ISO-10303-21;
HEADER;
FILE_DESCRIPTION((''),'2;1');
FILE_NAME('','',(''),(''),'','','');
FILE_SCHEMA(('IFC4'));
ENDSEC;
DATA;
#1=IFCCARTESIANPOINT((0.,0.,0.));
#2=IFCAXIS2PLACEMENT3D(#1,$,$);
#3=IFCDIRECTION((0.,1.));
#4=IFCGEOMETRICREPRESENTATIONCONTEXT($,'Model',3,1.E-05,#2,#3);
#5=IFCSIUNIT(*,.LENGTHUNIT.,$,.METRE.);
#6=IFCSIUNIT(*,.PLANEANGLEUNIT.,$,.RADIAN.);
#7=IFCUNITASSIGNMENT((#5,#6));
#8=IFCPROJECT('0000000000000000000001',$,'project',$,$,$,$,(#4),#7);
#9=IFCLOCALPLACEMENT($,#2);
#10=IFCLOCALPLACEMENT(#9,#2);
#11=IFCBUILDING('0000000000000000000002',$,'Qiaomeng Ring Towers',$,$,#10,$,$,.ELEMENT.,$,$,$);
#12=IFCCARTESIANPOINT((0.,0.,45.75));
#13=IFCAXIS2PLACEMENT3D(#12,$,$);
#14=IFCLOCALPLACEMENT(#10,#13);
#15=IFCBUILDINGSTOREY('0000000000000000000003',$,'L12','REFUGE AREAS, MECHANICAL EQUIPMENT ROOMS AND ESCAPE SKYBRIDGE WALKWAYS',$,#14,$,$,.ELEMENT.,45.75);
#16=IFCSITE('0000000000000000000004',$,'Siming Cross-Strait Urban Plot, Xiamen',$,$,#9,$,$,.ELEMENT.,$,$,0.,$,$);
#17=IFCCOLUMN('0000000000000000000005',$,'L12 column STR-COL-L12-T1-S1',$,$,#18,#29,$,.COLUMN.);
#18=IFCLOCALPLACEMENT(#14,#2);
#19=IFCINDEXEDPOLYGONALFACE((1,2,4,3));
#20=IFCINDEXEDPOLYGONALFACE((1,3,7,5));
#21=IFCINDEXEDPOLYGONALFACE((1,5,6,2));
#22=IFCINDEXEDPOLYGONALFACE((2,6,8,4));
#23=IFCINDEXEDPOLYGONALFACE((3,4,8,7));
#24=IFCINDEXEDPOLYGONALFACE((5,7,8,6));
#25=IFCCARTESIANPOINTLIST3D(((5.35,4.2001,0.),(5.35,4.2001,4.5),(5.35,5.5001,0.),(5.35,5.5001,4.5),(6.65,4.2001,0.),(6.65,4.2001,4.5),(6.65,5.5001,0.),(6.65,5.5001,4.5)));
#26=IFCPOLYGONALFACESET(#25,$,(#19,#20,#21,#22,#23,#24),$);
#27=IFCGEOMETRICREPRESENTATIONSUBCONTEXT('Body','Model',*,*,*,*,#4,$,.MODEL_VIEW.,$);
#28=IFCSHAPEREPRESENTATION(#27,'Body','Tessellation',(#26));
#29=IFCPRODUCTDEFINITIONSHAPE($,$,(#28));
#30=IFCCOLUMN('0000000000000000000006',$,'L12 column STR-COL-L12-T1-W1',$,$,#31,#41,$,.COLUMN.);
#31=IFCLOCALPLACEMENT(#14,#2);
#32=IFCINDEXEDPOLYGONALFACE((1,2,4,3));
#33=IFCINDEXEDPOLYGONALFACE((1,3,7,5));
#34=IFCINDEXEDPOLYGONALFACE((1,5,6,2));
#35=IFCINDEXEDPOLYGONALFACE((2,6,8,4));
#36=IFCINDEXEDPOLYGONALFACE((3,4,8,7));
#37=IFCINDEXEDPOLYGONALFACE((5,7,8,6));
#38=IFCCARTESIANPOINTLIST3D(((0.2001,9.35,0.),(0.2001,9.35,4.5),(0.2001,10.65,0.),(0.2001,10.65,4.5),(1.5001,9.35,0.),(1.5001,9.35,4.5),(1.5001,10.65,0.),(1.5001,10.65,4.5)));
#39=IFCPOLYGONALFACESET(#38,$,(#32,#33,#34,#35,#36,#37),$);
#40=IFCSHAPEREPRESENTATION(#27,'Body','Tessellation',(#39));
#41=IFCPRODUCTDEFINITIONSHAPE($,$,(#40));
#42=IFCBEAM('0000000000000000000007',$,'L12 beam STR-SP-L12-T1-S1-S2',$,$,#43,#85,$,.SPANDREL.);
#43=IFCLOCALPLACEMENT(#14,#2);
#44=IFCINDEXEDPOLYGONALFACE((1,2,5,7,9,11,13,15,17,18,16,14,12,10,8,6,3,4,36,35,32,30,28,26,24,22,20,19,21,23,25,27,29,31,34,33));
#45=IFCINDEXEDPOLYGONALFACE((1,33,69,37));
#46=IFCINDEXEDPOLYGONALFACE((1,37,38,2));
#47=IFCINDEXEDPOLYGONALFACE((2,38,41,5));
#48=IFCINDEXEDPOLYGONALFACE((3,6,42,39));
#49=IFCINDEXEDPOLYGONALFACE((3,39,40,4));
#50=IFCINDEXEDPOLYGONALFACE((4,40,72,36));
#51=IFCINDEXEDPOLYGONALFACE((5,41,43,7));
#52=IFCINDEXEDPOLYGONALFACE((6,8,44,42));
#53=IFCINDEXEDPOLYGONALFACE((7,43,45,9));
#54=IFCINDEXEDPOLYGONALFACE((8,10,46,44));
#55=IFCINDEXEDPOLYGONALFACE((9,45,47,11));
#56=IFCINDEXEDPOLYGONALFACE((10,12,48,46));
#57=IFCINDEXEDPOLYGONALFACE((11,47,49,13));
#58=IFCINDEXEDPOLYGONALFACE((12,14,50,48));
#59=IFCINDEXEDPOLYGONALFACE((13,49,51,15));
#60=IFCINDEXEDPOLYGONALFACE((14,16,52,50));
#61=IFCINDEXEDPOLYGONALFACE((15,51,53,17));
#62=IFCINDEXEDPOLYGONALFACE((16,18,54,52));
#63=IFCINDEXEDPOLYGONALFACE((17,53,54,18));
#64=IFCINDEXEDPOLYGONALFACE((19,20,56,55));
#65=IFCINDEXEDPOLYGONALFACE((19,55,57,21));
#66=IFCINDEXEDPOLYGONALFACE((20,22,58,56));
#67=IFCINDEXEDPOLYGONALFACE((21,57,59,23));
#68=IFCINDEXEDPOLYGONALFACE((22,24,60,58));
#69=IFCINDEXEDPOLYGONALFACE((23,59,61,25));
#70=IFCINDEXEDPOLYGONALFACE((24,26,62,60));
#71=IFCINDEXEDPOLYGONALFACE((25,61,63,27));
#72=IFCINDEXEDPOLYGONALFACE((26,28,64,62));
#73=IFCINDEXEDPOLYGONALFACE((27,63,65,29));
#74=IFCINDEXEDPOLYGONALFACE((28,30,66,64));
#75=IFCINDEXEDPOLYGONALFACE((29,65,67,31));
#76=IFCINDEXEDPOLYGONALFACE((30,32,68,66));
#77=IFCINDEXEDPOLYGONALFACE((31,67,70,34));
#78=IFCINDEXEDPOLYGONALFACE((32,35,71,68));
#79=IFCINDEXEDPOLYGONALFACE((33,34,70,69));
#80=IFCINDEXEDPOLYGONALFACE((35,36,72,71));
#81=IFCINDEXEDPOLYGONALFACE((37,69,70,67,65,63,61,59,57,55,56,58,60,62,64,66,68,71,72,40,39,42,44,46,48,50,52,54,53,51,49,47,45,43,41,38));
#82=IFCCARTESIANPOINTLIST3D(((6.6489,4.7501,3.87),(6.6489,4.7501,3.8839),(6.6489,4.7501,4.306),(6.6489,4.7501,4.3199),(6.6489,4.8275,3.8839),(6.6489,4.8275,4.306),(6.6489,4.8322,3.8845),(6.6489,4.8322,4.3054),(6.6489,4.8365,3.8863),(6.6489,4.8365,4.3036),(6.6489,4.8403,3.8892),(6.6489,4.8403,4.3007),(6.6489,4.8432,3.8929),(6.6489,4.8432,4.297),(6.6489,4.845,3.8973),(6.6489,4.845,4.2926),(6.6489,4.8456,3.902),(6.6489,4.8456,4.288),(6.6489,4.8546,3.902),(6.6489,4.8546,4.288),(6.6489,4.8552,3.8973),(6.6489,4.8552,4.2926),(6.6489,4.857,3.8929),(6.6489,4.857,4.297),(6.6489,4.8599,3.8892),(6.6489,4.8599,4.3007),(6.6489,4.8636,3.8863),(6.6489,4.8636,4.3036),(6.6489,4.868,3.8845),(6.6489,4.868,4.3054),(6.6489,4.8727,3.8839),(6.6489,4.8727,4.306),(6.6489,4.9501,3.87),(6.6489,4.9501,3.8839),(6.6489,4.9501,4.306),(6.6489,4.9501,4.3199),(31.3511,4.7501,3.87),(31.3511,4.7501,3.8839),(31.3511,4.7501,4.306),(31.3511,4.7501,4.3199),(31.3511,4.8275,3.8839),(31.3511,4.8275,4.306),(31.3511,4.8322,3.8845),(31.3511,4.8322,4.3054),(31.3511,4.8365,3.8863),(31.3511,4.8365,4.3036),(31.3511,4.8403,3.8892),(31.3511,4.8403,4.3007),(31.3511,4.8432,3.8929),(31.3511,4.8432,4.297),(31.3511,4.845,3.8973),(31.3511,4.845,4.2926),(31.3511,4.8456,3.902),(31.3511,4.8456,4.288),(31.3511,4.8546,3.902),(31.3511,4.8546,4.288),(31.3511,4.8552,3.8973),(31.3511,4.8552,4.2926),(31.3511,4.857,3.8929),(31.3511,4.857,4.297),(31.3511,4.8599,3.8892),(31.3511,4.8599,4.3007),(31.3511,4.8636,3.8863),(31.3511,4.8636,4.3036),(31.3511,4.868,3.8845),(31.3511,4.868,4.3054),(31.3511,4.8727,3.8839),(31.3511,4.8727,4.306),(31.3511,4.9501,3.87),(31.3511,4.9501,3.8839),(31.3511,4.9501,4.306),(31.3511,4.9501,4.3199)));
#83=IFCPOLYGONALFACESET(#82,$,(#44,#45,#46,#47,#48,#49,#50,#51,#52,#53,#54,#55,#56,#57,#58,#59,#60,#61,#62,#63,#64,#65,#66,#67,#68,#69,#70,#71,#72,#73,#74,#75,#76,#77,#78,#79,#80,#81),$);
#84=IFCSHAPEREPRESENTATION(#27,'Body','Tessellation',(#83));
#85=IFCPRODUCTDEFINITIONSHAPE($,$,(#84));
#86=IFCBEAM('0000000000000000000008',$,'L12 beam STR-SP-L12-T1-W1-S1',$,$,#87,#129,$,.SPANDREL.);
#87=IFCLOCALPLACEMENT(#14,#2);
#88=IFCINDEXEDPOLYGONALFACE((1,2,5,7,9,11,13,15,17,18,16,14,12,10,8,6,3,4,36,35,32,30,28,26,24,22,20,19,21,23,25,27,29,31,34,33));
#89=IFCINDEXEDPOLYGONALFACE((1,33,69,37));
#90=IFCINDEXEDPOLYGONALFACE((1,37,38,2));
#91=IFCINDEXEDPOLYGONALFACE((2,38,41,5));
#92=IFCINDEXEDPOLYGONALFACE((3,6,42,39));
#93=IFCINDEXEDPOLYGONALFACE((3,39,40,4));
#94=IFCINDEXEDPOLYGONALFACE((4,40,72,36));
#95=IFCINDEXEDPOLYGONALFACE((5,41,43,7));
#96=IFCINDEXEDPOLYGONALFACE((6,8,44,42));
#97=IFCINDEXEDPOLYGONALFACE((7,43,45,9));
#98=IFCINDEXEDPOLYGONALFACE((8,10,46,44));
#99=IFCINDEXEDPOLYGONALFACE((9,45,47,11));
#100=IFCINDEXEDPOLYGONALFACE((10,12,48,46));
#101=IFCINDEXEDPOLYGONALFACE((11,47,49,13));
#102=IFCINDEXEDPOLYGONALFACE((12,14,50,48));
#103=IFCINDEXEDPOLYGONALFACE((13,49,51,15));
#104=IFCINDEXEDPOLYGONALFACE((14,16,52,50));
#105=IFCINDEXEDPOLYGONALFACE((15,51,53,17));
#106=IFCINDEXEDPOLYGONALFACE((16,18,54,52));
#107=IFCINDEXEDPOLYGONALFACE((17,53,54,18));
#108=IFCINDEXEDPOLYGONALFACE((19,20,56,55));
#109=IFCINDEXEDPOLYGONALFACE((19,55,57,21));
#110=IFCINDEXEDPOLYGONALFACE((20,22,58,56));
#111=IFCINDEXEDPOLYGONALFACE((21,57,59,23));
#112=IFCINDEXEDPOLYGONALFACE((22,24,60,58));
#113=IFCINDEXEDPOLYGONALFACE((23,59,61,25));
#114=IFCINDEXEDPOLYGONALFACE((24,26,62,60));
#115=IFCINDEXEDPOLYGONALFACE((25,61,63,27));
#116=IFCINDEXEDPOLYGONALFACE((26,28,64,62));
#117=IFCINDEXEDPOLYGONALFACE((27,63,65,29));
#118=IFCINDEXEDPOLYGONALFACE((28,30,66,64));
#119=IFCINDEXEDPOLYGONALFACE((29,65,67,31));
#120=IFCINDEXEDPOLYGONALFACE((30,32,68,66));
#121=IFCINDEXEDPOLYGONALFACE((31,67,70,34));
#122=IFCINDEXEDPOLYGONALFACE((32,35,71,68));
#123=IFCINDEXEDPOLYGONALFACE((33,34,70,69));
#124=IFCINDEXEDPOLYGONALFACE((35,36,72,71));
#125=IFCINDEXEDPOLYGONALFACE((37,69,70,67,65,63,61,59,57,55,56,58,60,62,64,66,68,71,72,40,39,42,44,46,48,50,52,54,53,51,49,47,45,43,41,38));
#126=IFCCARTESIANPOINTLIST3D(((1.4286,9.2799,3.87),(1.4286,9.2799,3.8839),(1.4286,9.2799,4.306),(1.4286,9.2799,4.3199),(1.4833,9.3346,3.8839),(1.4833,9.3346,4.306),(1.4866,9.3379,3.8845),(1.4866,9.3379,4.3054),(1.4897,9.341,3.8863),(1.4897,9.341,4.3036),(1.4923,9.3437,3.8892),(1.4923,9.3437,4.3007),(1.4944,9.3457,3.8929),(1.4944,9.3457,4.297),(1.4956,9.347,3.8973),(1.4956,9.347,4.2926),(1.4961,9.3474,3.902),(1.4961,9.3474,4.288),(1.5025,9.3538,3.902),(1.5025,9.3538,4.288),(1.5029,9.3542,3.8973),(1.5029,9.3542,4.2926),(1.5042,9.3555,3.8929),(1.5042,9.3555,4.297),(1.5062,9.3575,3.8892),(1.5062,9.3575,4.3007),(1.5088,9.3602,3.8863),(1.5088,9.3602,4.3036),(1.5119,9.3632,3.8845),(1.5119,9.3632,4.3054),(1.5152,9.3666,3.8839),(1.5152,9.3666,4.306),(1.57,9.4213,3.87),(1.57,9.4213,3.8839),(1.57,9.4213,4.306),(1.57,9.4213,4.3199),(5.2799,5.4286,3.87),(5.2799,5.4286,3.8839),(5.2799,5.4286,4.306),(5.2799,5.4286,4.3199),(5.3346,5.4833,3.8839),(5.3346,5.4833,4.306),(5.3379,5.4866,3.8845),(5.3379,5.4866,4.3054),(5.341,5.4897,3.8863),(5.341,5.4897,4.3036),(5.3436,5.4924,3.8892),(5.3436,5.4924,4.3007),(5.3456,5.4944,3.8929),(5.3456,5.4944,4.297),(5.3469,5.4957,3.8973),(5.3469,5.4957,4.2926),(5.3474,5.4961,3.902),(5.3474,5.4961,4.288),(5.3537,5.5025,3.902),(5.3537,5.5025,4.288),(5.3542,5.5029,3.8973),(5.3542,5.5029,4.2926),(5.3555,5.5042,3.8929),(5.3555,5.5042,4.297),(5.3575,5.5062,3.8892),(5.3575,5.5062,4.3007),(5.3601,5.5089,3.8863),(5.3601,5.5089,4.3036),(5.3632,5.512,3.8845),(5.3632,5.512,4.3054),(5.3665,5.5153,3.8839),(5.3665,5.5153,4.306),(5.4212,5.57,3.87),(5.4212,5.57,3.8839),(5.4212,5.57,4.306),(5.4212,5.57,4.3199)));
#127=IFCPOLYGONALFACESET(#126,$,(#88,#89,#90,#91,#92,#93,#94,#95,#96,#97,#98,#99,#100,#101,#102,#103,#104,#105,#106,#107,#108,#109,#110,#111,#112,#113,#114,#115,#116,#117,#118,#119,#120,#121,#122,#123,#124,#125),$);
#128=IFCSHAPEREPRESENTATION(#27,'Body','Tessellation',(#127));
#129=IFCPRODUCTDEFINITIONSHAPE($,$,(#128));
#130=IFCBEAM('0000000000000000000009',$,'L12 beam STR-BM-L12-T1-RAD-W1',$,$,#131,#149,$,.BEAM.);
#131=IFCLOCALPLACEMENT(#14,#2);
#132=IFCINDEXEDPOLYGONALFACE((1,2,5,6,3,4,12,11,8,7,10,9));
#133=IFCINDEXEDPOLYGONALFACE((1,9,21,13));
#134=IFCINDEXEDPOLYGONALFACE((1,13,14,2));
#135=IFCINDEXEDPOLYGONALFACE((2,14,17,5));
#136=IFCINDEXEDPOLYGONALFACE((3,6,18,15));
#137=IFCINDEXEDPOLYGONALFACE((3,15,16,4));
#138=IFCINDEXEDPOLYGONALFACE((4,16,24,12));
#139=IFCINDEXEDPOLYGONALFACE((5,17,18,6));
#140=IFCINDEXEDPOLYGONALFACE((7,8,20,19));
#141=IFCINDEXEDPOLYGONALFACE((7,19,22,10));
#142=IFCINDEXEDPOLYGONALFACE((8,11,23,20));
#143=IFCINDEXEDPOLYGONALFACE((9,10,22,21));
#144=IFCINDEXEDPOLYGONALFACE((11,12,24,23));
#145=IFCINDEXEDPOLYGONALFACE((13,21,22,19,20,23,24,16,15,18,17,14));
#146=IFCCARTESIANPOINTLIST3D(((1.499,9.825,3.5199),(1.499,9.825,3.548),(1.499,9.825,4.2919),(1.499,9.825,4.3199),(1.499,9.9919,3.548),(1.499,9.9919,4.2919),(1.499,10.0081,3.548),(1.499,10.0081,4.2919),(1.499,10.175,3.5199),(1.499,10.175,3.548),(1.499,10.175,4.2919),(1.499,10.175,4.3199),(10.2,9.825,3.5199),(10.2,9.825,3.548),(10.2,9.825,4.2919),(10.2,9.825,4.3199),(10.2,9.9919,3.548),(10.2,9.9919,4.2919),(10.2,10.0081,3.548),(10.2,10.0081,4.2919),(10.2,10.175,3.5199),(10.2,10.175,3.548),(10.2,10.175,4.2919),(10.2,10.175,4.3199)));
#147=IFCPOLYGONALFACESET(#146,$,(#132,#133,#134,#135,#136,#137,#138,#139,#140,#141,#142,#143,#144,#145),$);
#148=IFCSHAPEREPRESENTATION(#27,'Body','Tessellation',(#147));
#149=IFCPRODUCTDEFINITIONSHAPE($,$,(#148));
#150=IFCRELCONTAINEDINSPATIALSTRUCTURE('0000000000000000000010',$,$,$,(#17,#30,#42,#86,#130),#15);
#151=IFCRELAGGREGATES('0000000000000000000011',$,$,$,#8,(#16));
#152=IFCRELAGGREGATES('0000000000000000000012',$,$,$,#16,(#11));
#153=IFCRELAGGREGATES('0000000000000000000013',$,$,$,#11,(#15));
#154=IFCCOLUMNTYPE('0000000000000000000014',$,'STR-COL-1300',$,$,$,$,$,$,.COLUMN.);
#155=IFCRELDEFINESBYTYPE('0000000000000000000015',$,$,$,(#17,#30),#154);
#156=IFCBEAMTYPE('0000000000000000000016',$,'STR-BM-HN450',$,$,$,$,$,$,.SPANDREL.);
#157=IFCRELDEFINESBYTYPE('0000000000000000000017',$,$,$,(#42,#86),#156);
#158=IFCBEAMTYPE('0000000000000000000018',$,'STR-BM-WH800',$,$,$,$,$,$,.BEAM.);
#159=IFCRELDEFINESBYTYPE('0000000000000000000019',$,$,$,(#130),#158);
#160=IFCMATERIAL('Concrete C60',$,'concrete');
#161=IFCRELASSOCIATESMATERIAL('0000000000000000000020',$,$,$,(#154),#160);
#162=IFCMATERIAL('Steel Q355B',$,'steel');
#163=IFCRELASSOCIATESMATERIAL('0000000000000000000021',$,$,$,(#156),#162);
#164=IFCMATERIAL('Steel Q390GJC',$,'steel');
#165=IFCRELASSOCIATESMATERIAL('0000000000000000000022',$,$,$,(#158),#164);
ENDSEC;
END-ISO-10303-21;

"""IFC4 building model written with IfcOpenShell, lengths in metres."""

from ifc_helpers import new_model, si_unit, direction, frame, origin, origin_2d, place, context, subcontext, project, spatial, rectangle, i_section, extrude, source, transform, mapped, material, material_profile, profile_set, type_object, element, save


model = new_model("IFC4")

# Units and contexts
model_context = context("Model", 3, precision=1e-05, world=origin(), true_north=direction((0.0, 1.0)))
body_context = subcontext(model_context, "Body", "Model", "MODEL_VIEW")
ifc_project = project(units=[si_unit("LENGTHUNIT", "METRE"), si_unit("PLANEANGLEUNIT", "RADIAN")], contexts=[model_context])

# Site, building, storey
site_placement = place(None, origin())
site = spatial("IfcSite", under=ifc_project, at=site_placement, Name="Siming Cross-Strait Urban Plot, Xiamen", CompositionType="ELEMENT", RefElevation=0.0)
building_placement = place(site_placement, origin())
building = spatial("IfcBuilding", under=site, at=building_placement, Name="Qiaomeng Ring Towers", CompositionType="ELEMENT")
storey_placement = place(building_placement, frame((0.0, 0.0, 45.75)))
storey = spatial("IfcBuildingStorey", under=building, at=storey_placement, Name="L12", Description="REFUGE AREAS, MECHANICAL EQUIPMENT ROOMS AND ESCAPE SKYBRIDGE WALKWAYS", CompositionType="ELEMENT", Elevation=45.75)

# Columns
ifc_material_1 = material(Name="Concrete C60", Category="concrete")
ifc_material_profile_1 = material_profile(ifc_material_1, rectangle(XDim=1.3, YDim=1.3, at=origin_2d()), Name="RC COL 1300x1300")
ifc_profile_set_1 = profile_set([ifc_material_profile_1], Name="Concrete C60")
column_type = type_object("IfcColumnType", Name="STR-COL-1300", PredefinedType="COLUMN", material=ifc_profile_set_1)
shared_shape_1 = source(origin(), body_context, "Body", "SweptSolid", [
    extrude(rectangle(XDim=1.3, YDim=1.3, at=origin_2d()), origin(), (0.0, 0.0, 1.0), 4.5),
])
for number, where, z_axis, x_axis, name in (
    (1, (6.0, 4.8501, 0.0), (0.0, 0.0, 1.0), (1.0, 0.0, 0.0), "L12 column STR-COL-L12-T1-S1"),
    (2, (0.8501, 10.0, 0.0), (0.0, 0.0, 1.0), (1.0, 0.0, 0.0), "L12 column STR-COL-L12-T1-W1"),
):
    element("IfcColumn", number, at=place(storey_placement, frame(where, z_axis=z_axis, x_axis=x_axis)), inside=storey, type_object=column_type, Name=name, PredefinedType="COLUMN", context=body_context, shape_type="MappedRepresentation", body=[
        mapped(shared_shape_1, transform((0.0, 0.0, 0.0), x_axis=(1.0, 0.0, 0.0), y_axis=(0.0, 1.0, 0.0), z_axis=(0.0, 0.0, 1.0), scale=1.0)),
    ])

# Beams
ifc_material_2 = material(Name="Steel Q355B", Category="steel")
ifc_material_profile_2 = material_profile(ifc_material_2, i_section(OverallWidth=0.2, OverallDepth=0.45, WebThickness=0.009, FlangeThickness=0.0139, FilletRadius=0.0181, at=origin_2d()), Name="HN 450x200x9x14")
ifc_profile_set_2 = profile_set([ifc_material_profile_2], Name="Steel Q355B")
beam_type_1 = type_object("IfcBeamType", Name="STR-BM-HN450", PredefinedType="SPANDREL", material=ifc_profile_set_2)
shared_shape_2 = source(origin(), body_context, "Body", "SweptSolid", [
    extrude(i_section(OverallWidth=0.2, OverallDepth=0.45, WebThickness=0.009, FlangeThickness=0.0139, FilletRadius=0.0181, at=origin_2d()), origin(), (0.0, 0.0, 1.0), 24.7021),
])
beam_1_placement = place(storey_placement, frame((6.6489, 4.8501, 4.095), z_axis=(1.0, 0.0, 0.0), x_axis=(0.0, 1.0, 0.0)))
element("IfcBeam", 3, at=beam_1_placement, inside=storey, type_object=beam_type_1, Name="L12 beam STR-SP-L12-T1-S1-S2", PredefinedType="SPANDREL", context=body_context, shape_type="MappedRepresentation", body=[
    mapped(shared_shape_2, transform((0.0, 0.0, 0.0), x_axis=(1.0, 0.0, 0.0), y_axis=(0.0, 1.0, 0.0), z_axis=(0.0, 0.0, 1.0), scale=1.0)),
])
shared_shape_3 = source(origin(), body_context, "Body", "SweptSolid", [
    extrude(i_section(OverallWidth=0.2, OverallDepth=0.45, WebThickness=0.009, FlangeThickness=0.0139, FilletRadius=0.0181, at=origin_2d()), origin(), (0.0, 0.0, 1.0), 5.4465),
])
beam_2_placement = place(storey_placement, frame((1.4993, 9.3506, 4.095), z_axis=(0.707107, -0.707107, 0.0), x_axis=(0.707107, 0.707107, 0.0)))
element("IfcBeam", 4, at=beam_2_placement, inside=storey, type_object=beam_type_1, Name="L12 beam STR-SP-L12-T1-W1-S1", PredefinedType="SPANDREL", context=body_context, shape_type="MappedRepresentation", body=[
    mapped(shared_shape_3, transform((0.0, 0.0, 0.0), x_axis=(1.0, 0.0, 0.0), y_axis=(0.0, 1.0, 0.0), z_axis=(0.0, 0.0, 1.0), scale=1.0)),
])
ifc_material_3 = material(Name="Steel Q390GJC", Category="steel")
ifc_material_profile_3 = material_profile(ifc_material_3, i_section(OverallWidth=0.3501, OverallDepth=0.8, WebThickness=0.0161, FlangeThickness=0.0281, at=origin_2d()), Name="WH 800x350x16x28")
ifc_profile_set_3 = profile_set([ifc_material_profile_3], Name="Steel Q390GJC")
beam_type_2 = type_object("IfcBeamType", Name="STR-BM-WH800", PredefinedType="BEAM", material=ifc_profile_set_3)
shared_shape_4 = source(origin(), body_context, "Body", "SweptSolid", [
    extrude(i_section(OverallWidth=0.3501, OverallDepth=0.8, WebThickness=0.0161, FlangeThickness=0.0281, at=origin_2d()), origin(), (0.0, 0.0, 1.0), 8.7009),
])
beam_3_placement = place(storey_placement, frame((1.499, 10.0, 3.9199), z_axis=(1.0, 0.0, 0.0), x_axis=(0.0, 1.0, 0.0)))
element("IfcBeam", 5, at=beam_3_placement, inside=storey, type_object=beam_type_2, Name="L12 beam STR-BM-L12-T1-RAD-W1", PredefinedType="BEAM", context=body_context, shape_type="MappedRepresentation", body=[
    mapped(shared_shape_4, transform((0.0, 0.0, 0.0), x_axis=(1.0, 0.0, 0.0), y_axis=(0.0, 1.0, 0.0), z_axis=(0.0, 0.0, 1.0), scale=1.0)),
])

save(model, "model.ifc")
